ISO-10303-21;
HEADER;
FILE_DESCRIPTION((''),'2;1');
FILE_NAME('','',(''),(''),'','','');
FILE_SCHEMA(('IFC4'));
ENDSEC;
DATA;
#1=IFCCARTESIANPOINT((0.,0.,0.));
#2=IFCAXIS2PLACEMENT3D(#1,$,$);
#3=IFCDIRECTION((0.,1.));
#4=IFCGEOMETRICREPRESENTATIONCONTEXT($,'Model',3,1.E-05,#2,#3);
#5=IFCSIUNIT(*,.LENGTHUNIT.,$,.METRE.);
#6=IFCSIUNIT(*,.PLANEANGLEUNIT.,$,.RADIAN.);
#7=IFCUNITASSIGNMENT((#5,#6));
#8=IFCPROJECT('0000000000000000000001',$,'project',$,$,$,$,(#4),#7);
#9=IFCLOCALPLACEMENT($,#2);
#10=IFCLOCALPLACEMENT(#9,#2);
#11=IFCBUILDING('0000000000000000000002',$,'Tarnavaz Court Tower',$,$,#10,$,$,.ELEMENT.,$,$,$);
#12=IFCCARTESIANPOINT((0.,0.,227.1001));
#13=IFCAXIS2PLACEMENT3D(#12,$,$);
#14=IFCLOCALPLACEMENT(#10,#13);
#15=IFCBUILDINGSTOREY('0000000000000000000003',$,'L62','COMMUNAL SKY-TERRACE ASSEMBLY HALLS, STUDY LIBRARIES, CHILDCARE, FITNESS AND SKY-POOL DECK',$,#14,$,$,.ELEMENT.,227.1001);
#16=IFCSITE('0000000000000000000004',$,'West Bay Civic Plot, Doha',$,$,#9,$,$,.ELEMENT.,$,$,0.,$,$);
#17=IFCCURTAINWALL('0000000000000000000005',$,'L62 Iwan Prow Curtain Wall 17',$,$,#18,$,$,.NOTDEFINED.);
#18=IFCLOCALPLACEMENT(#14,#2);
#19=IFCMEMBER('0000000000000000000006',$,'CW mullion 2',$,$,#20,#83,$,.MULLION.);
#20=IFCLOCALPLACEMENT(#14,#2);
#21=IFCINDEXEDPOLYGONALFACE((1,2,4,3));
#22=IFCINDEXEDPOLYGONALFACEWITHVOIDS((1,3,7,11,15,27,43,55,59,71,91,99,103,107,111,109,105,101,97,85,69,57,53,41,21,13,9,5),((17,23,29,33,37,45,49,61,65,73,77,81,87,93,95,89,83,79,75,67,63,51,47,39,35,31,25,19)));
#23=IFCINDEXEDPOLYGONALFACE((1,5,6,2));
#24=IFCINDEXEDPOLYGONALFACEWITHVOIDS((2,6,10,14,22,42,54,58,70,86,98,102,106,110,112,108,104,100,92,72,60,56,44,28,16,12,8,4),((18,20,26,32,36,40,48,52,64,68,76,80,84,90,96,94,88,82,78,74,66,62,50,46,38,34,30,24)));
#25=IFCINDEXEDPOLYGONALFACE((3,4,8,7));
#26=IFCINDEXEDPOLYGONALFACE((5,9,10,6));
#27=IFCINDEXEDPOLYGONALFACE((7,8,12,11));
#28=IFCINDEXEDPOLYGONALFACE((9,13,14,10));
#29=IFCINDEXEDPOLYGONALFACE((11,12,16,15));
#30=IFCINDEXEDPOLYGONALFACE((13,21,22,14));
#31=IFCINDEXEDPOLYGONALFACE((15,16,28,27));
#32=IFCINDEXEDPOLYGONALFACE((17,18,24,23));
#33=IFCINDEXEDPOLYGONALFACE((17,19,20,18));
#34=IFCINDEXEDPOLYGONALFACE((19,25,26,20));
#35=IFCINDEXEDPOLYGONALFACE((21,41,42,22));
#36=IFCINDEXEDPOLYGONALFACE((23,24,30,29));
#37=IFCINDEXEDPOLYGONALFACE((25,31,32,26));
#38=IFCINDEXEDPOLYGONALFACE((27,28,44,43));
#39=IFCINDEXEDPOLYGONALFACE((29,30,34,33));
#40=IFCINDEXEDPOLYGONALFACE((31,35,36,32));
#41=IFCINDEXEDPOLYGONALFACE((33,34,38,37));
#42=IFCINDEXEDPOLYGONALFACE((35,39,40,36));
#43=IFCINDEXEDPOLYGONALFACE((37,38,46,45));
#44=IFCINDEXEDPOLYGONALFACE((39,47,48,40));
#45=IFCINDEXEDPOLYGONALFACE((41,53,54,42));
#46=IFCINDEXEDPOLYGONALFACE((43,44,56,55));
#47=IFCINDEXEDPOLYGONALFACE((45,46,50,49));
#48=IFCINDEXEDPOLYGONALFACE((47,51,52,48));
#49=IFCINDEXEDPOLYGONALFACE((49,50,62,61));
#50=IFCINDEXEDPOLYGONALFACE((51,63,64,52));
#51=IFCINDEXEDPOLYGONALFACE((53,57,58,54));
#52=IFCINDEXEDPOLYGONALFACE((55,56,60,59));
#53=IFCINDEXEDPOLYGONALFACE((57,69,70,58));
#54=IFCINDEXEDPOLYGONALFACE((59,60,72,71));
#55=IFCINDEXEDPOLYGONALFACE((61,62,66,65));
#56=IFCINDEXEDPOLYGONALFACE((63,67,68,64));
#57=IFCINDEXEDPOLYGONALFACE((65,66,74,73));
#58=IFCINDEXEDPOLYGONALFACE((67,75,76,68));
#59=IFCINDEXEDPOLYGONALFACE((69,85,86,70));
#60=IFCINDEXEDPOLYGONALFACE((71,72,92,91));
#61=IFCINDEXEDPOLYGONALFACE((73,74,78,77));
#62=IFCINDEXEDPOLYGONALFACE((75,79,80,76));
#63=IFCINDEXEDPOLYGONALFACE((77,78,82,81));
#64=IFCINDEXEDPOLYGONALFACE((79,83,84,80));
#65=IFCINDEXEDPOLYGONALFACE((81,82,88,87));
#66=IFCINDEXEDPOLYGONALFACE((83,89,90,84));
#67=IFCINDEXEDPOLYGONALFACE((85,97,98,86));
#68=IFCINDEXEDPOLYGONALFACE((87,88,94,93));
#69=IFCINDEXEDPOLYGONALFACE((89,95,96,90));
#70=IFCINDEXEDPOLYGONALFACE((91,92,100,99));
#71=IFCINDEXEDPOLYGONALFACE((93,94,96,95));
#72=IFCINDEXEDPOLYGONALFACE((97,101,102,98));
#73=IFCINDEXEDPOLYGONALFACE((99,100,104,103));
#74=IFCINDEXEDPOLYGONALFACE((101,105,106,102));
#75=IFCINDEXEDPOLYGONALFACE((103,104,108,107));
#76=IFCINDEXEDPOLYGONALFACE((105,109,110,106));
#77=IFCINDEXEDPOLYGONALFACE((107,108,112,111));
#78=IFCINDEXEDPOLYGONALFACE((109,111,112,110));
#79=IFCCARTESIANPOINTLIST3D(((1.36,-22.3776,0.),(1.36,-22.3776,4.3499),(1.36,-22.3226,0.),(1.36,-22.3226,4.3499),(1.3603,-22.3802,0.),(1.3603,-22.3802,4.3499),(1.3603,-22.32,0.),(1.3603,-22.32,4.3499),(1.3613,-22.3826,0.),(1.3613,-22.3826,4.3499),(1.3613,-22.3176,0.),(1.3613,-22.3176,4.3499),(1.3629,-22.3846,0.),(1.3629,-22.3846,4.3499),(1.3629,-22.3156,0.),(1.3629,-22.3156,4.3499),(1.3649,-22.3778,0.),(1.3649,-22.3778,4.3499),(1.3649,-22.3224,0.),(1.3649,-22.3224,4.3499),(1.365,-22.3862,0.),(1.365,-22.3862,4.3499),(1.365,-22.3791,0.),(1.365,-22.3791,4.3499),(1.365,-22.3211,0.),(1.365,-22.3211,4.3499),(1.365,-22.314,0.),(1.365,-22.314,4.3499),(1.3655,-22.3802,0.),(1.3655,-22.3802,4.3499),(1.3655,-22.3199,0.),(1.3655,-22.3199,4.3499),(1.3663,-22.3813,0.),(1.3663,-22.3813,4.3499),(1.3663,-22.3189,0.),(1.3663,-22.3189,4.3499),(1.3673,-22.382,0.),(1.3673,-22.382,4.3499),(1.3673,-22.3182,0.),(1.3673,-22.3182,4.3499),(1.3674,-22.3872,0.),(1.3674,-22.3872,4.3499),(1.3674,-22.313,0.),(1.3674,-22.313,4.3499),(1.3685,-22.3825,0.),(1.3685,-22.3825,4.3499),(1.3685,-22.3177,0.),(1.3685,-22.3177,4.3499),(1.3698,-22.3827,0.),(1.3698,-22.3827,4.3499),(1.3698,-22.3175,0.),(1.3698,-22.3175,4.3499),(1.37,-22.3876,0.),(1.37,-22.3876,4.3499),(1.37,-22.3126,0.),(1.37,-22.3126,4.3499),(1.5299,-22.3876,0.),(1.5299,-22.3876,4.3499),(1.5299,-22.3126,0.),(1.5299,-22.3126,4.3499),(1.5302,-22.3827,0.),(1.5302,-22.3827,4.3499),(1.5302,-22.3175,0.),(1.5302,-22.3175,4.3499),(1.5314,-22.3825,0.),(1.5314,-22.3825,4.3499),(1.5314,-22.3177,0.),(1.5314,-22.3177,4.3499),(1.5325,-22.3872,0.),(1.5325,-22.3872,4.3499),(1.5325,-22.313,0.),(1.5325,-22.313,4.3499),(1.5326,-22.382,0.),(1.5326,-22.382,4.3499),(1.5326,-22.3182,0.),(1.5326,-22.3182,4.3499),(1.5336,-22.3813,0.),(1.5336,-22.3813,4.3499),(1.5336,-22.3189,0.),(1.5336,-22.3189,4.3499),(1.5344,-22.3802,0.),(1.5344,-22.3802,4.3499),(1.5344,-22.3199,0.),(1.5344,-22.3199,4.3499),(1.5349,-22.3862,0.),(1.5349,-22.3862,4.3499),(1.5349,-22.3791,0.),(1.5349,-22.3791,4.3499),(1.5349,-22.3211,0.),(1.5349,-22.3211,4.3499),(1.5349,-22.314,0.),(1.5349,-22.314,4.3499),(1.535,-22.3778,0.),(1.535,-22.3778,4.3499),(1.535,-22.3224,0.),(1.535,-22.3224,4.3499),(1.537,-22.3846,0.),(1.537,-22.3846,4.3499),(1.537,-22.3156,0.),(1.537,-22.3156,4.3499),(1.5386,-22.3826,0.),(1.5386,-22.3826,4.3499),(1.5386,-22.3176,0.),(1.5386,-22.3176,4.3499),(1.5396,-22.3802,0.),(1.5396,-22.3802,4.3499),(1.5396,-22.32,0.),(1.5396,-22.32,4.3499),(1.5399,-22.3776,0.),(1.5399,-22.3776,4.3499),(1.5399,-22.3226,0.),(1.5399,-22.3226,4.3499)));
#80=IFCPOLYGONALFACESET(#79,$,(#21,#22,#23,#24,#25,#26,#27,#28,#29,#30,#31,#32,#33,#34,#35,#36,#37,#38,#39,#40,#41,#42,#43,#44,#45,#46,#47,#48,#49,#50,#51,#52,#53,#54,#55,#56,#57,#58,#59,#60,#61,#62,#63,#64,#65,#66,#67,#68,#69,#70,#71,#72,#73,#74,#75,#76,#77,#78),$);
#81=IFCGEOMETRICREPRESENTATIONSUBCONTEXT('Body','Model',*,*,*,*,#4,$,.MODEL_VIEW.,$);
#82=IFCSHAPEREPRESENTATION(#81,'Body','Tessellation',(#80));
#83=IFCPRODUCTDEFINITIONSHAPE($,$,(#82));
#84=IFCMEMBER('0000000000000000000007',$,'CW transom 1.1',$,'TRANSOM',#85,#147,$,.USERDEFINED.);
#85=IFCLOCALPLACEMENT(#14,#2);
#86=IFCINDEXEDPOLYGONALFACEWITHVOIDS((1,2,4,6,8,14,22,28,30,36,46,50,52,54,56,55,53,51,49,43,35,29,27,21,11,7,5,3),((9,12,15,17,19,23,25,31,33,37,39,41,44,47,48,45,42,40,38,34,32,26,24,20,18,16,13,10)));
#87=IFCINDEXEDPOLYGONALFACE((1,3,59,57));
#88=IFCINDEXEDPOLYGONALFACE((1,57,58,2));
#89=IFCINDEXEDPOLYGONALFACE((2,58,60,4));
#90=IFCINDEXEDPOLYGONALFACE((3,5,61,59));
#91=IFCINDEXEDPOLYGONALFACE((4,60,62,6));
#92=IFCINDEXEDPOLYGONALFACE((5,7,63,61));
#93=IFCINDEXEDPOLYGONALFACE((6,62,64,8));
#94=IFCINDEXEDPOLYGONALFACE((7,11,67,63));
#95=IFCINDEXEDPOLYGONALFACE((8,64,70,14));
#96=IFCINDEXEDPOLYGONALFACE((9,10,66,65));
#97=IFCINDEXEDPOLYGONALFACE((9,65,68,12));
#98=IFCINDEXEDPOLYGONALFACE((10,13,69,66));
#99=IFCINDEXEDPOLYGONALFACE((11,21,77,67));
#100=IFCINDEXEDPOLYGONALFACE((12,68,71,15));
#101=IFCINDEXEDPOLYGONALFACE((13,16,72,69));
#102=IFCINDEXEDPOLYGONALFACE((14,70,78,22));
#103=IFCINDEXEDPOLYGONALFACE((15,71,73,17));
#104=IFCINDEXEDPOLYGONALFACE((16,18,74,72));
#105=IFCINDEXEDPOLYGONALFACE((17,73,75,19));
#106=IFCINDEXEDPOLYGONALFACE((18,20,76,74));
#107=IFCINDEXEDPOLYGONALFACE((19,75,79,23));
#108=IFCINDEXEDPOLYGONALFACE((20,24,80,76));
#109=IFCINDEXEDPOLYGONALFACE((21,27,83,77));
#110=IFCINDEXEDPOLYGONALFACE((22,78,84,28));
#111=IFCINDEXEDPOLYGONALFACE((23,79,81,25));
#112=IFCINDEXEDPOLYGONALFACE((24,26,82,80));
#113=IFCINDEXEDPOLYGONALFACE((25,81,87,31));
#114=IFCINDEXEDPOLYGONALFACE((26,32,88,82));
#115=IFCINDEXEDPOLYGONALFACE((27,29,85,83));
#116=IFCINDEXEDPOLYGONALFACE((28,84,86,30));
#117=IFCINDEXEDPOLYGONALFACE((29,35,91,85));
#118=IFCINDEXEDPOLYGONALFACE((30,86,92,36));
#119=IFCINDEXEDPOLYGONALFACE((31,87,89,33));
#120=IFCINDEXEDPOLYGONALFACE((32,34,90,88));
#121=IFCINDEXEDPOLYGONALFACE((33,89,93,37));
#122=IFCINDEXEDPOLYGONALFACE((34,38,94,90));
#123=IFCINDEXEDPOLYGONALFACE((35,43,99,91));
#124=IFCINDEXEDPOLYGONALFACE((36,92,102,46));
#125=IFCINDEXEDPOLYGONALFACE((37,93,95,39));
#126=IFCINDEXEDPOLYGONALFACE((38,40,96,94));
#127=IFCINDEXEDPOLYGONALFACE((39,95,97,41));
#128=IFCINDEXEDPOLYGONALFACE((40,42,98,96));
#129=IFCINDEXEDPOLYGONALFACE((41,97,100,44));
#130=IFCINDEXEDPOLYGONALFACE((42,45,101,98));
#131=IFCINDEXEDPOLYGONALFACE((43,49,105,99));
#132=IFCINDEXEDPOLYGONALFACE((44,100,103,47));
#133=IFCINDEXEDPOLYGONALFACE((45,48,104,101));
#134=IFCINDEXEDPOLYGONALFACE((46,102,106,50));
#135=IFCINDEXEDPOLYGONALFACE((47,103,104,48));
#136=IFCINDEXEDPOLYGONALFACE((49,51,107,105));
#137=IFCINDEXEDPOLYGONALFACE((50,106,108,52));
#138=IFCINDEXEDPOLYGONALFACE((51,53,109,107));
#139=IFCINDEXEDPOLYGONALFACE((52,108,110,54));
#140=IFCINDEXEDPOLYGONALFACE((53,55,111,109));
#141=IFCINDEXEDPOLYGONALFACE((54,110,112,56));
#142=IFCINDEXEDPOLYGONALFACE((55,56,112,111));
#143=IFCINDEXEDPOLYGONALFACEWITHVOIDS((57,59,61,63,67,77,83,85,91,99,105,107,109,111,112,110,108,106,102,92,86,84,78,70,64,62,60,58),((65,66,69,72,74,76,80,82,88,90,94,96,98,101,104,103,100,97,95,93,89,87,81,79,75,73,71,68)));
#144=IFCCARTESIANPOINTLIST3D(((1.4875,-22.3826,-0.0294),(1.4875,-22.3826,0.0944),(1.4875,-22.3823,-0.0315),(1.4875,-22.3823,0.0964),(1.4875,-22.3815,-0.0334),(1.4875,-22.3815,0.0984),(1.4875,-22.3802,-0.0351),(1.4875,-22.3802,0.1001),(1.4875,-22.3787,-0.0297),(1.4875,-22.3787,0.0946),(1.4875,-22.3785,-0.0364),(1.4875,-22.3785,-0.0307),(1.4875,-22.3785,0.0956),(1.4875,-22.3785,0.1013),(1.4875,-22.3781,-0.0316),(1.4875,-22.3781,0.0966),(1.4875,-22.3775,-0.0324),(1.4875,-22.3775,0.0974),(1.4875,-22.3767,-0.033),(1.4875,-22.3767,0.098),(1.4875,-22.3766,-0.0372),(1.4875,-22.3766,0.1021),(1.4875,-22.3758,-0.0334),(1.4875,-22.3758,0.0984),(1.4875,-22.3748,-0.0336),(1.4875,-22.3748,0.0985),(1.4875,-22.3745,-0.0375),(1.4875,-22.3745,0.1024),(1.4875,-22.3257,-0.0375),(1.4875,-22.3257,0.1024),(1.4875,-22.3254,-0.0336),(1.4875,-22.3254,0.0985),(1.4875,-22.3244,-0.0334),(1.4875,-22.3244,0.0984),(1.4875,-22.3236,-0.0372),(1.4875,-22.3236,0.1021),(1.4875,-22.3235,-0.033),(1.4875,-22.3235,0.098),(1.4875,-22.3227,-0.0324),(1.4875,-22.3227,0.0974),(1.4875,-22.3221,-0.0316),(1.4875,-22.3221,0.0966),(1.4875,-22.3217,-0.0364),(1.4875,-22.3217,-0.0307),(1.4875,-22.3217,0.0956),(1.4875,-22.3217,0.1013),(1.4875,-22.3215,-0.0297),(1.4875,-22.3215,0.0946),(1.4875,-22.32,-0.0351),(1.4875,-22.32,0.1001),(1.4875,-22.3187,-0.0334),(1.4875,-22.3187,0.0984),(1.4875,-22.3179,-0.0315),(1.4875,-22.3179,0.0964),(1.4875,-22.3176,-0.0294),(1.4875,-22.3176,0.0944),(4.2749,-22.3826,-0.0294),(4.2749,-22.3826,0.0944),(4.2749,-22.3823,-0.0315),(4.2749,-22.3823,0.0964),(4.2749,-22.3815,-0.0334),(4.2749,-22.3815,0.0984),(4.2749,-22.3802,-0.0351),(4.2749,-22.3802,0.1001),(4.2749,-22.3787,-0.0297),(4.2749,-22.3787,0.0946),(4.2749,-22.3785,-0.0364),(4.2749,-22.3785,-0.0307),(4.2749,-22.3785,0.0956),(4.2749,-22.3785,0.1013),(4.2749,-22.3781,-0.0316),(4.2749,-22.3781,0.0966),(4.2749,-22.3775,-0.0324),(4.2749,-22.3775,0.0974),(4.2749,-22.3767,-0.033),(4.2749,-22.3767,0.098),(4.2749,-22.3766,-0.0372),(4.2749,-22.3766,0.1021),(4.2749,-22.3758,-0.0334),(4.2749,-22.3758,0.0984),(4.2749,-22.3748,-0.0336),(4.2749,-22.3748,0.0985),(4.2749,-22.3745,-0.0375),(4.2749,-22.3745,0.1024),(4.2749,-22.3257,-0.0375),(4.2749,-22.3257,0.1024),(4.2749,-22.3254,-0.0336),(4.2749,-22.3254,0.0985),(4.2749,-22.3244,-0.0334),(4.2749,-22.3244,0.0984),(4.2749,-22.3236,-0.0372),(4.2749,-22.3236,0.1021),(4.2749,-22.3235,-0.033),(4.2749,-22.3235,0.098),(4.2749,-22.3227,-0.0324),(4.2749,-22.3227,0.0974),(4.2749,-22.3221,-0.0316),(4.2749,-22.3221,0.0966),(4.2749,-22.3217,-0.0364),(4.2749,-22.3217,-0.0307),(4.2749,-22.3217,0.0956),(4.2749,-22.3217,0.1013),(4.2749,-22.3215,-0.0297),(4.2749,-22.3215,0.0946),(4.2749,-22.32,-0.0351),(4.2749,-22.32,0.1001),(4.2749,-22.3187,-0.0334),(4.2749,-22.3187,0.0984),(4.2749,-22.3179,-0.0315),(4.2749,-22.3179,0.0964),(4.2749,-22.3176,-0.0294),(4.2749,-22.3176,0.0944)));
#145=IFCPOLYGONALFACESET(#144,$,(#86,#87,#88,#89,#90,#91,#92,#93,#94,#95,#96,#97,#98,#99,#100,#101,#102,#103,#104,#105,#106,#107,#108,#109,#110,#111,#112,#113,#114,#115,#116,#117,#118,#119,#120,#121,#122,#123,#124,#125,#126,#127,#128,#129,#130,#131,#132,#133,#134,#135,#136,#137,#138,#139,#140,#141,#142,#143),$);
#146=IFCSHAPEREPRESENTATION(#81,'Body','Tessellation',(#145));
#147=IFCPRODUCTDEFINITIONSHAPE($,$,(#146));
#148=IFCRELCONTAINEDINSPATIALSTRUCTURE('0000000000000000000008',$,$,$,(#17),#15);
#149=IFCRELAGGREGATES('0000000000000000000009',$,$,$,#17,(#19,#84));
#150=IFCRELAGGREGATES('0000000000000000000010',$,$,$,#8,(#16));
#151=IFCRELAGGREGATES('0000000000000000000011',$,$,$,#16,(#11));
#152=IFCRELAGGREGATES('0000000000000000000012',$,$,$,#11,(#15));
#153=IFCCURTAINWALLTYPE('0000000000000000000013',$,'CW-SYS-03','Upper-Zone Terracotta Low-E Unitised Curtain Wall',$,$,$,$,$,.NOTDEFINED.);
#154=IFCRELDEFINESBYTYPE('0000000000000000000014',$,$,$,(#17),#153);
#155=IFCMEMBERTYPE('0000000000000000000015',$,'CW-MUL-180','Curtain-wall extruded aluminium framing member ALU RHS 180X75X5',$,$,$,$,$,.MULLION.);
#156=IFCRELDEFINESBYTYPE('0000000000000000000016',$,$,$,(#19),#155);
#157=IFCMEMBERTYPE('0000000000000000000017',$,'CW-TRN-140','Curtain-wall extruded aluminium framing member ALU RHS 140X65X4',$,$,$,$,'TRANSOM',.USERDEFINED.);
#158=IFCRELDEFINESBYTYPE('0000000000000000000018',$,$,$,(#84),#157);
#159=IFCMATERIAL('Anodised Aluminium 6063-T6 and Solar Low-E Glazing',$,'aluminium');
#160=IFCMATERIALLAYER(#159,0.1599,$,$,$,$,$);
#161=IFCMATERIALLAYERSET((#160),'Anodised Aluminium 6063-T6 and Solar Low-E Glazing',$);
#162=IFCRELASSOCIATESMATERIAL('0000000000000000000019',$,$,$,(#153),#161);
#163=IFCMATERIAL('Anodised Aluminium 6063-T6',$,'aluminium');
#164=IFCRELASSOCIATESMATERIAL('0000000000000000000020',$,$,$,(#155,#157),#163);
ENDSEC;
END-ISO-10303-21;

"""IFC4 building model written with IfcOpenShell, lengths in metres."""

from ifc_helpers import new_model, si_unit, direction, frame, origin, origin_2d, place, context, subcontext, project, spatial, hollow_rectangle, extrude, material, layer, layer_set, material_profile, profile_set, type_object, element, aggregate, save


model = new_model("IFC4")

# Units and contexts
model_context = context("Model", 3, precision=1e-05, world=origin(), true_north=direction((0.0, 1.0)))
body_context = subcontext(model_context, "Body", "Model", "MODEL_VIEW")
ifc_project = project(units=[si_unit("LENGTHUNIT", "METRE"), si_unit("PLANEANGLEUNIT", "RADIAN")], contexts=[model_context])

# Site, building, storey
site_placement = place(None, origin())
site = spatial("IfcSite", under=ifc_project, at=site_placement, Name="West Bay Civic Plot, Doha", CompositionType="ELEMENT", RefElevation=0.0)
building_placement = place(site_placement, origin())
building = spatial("IfcBuilding", under=site, at=building_placement, Name="Tarnavaz Court Tower", CompositionType="ELEMENT")
storey_placement = place(building_placement, frame((0.0, 0.0, 227.1001)))
storey = spatial("IfcBuildingStorey", under=building, at=storey_placement, Name="L62", Description="COMMUNAL SKY-TERRACE ASSEMBLY HALLS, STUDY LIBRARIES, CHILDCARE, FITNESS AND SKY-POOL DECK", CompositionType="ELEMENT", Elevation=227.1001)

# Curtain wall, members
ifc_material_1 = material(Name="Anodised Aluminium 6063-T6 and Solar Low-E Glazing", Category="aluminium")
ifc_layer_1 = layer(ifc_material_1, 0.1599)
ifc_layer_set_1 = layer_set([ifc_layer_1], Name="Anodised Aluminium 6063-T6 and Solar Low-E Glazing")
curtain_wall_type_1 = type_object("IfcCurtainWallType", Name="CW-SYS-03", Description="Upper-Zone Terracotta Low-E Unitised Curtain Wall", PredefinedType="NOTDEFINED", material=ifc_layer_set_1)
curtain_wall_1_placement = place(storey_placement, origin())
curtain_wall_1 = element("IfcCurtainWall", 1, at=curtain_wall_1_placement, inside=storey, type_object=curtain_wall_type_1, Name="L62 Iwan Prow Curtain Wall 17", PredefinedType="NOTDEFINED")
ifc_material_2 = material(Name="Anodised Aluminium 6063-T6", Category="aluminium")
ifc_material_profile_1 = material_profile(ifc_material_2, hollow_rectangle(XDim=0.075, YDim=0.1799, WallThickness=0.0049, InnerFilletRadius=0.0049, OuterFilletRadius=0.01, at=origin_2d()), Name="ALU RHS 180X75X5")
ifc_profile_set_1 = profile_set([ifc_material_profile_1], Name="Anodised Aluminium 6063-T6")
member_type_1 = type_object("IfcMemberType", Name="CW-MUL-180", Description="Curtain-wall extruded aluminium framing member ALU RHS 180X75X5", PredefinedType="MULLION", material=ifc_profile_set_1)
member_1_placement = place(storey_placement, frame((1.45, -22.3501, 0.0), z_axis=(0.0, 0.0, 1.0), x_axis=(0.0, -1.0, 0.0)))
member_1 = element("IfcMember", 2, at=member_1_placement, type_object=member_type_1, Name="CW mullion 2", PredefinedType="MULLION", context=body_context, shape_type="SweptSolid", body=[
    extrude(hollow_rectangle(XDim=0.075, YDim=0.1799, WallThickness=0.0049, InnerFilletRadius=0.0049, OuterFilletRadius=0.01, at=origin_2d()), origin(), (0.0, 0.0, 1.0), 4.3499),
])
ifc_material_profile_2 = material_profile(ifc_material_2, hollow_rectangle(XDim=0.0649, YDim=0.1399, WallThickness=0.0039, InnerFilletRadius=0.0039, OuterFilletRadius=0.0081, at=origin_2d()), Name="ALU RHS 140X65X4")
ifc_profile_set_2 = profile_set([ifc_material_profile_2], Name="Anodised Aluminium 6063-T6")
member_type_2 = type_object("IfcMemberType", Name="CW-TRN-140", Description="Curtain-wall extruded aluminium framing member ALU RHS 140X65X4", ElementType="TRANSOM", PredefinedType="USERDEFINED", material=ifc_profile_set_2)
member_2_placement = place(storey_placement, frame((4.2749, -22.3501, 0.0325), z_axis=(-1.0, 0.0, 0.0), x_axis=(0.0, -1.0, 0.0)))
member_2 = element("IfcMember", 3, at=member_2_placement, type_object=member_type_2, Name="CW transom 1.1", ObjectType="TRANSOM", PredefinedType="USERDEFINED", context=body_context, shape_type="SweptSolid", body=[
    extrude(hollow_rectangle(XDim=0.0649, YDim=0.1399, WallThickness=0.0039, InnerFilletRadius=0.0039, OuterFilletRadius=0.0081, at=origin_2d()), origin(), (0.0, 0.0, 1.0), 2.7874),
])

aggregate(curtain_wall_1, [member_1, member_2])

save(model, "model.ifc")
